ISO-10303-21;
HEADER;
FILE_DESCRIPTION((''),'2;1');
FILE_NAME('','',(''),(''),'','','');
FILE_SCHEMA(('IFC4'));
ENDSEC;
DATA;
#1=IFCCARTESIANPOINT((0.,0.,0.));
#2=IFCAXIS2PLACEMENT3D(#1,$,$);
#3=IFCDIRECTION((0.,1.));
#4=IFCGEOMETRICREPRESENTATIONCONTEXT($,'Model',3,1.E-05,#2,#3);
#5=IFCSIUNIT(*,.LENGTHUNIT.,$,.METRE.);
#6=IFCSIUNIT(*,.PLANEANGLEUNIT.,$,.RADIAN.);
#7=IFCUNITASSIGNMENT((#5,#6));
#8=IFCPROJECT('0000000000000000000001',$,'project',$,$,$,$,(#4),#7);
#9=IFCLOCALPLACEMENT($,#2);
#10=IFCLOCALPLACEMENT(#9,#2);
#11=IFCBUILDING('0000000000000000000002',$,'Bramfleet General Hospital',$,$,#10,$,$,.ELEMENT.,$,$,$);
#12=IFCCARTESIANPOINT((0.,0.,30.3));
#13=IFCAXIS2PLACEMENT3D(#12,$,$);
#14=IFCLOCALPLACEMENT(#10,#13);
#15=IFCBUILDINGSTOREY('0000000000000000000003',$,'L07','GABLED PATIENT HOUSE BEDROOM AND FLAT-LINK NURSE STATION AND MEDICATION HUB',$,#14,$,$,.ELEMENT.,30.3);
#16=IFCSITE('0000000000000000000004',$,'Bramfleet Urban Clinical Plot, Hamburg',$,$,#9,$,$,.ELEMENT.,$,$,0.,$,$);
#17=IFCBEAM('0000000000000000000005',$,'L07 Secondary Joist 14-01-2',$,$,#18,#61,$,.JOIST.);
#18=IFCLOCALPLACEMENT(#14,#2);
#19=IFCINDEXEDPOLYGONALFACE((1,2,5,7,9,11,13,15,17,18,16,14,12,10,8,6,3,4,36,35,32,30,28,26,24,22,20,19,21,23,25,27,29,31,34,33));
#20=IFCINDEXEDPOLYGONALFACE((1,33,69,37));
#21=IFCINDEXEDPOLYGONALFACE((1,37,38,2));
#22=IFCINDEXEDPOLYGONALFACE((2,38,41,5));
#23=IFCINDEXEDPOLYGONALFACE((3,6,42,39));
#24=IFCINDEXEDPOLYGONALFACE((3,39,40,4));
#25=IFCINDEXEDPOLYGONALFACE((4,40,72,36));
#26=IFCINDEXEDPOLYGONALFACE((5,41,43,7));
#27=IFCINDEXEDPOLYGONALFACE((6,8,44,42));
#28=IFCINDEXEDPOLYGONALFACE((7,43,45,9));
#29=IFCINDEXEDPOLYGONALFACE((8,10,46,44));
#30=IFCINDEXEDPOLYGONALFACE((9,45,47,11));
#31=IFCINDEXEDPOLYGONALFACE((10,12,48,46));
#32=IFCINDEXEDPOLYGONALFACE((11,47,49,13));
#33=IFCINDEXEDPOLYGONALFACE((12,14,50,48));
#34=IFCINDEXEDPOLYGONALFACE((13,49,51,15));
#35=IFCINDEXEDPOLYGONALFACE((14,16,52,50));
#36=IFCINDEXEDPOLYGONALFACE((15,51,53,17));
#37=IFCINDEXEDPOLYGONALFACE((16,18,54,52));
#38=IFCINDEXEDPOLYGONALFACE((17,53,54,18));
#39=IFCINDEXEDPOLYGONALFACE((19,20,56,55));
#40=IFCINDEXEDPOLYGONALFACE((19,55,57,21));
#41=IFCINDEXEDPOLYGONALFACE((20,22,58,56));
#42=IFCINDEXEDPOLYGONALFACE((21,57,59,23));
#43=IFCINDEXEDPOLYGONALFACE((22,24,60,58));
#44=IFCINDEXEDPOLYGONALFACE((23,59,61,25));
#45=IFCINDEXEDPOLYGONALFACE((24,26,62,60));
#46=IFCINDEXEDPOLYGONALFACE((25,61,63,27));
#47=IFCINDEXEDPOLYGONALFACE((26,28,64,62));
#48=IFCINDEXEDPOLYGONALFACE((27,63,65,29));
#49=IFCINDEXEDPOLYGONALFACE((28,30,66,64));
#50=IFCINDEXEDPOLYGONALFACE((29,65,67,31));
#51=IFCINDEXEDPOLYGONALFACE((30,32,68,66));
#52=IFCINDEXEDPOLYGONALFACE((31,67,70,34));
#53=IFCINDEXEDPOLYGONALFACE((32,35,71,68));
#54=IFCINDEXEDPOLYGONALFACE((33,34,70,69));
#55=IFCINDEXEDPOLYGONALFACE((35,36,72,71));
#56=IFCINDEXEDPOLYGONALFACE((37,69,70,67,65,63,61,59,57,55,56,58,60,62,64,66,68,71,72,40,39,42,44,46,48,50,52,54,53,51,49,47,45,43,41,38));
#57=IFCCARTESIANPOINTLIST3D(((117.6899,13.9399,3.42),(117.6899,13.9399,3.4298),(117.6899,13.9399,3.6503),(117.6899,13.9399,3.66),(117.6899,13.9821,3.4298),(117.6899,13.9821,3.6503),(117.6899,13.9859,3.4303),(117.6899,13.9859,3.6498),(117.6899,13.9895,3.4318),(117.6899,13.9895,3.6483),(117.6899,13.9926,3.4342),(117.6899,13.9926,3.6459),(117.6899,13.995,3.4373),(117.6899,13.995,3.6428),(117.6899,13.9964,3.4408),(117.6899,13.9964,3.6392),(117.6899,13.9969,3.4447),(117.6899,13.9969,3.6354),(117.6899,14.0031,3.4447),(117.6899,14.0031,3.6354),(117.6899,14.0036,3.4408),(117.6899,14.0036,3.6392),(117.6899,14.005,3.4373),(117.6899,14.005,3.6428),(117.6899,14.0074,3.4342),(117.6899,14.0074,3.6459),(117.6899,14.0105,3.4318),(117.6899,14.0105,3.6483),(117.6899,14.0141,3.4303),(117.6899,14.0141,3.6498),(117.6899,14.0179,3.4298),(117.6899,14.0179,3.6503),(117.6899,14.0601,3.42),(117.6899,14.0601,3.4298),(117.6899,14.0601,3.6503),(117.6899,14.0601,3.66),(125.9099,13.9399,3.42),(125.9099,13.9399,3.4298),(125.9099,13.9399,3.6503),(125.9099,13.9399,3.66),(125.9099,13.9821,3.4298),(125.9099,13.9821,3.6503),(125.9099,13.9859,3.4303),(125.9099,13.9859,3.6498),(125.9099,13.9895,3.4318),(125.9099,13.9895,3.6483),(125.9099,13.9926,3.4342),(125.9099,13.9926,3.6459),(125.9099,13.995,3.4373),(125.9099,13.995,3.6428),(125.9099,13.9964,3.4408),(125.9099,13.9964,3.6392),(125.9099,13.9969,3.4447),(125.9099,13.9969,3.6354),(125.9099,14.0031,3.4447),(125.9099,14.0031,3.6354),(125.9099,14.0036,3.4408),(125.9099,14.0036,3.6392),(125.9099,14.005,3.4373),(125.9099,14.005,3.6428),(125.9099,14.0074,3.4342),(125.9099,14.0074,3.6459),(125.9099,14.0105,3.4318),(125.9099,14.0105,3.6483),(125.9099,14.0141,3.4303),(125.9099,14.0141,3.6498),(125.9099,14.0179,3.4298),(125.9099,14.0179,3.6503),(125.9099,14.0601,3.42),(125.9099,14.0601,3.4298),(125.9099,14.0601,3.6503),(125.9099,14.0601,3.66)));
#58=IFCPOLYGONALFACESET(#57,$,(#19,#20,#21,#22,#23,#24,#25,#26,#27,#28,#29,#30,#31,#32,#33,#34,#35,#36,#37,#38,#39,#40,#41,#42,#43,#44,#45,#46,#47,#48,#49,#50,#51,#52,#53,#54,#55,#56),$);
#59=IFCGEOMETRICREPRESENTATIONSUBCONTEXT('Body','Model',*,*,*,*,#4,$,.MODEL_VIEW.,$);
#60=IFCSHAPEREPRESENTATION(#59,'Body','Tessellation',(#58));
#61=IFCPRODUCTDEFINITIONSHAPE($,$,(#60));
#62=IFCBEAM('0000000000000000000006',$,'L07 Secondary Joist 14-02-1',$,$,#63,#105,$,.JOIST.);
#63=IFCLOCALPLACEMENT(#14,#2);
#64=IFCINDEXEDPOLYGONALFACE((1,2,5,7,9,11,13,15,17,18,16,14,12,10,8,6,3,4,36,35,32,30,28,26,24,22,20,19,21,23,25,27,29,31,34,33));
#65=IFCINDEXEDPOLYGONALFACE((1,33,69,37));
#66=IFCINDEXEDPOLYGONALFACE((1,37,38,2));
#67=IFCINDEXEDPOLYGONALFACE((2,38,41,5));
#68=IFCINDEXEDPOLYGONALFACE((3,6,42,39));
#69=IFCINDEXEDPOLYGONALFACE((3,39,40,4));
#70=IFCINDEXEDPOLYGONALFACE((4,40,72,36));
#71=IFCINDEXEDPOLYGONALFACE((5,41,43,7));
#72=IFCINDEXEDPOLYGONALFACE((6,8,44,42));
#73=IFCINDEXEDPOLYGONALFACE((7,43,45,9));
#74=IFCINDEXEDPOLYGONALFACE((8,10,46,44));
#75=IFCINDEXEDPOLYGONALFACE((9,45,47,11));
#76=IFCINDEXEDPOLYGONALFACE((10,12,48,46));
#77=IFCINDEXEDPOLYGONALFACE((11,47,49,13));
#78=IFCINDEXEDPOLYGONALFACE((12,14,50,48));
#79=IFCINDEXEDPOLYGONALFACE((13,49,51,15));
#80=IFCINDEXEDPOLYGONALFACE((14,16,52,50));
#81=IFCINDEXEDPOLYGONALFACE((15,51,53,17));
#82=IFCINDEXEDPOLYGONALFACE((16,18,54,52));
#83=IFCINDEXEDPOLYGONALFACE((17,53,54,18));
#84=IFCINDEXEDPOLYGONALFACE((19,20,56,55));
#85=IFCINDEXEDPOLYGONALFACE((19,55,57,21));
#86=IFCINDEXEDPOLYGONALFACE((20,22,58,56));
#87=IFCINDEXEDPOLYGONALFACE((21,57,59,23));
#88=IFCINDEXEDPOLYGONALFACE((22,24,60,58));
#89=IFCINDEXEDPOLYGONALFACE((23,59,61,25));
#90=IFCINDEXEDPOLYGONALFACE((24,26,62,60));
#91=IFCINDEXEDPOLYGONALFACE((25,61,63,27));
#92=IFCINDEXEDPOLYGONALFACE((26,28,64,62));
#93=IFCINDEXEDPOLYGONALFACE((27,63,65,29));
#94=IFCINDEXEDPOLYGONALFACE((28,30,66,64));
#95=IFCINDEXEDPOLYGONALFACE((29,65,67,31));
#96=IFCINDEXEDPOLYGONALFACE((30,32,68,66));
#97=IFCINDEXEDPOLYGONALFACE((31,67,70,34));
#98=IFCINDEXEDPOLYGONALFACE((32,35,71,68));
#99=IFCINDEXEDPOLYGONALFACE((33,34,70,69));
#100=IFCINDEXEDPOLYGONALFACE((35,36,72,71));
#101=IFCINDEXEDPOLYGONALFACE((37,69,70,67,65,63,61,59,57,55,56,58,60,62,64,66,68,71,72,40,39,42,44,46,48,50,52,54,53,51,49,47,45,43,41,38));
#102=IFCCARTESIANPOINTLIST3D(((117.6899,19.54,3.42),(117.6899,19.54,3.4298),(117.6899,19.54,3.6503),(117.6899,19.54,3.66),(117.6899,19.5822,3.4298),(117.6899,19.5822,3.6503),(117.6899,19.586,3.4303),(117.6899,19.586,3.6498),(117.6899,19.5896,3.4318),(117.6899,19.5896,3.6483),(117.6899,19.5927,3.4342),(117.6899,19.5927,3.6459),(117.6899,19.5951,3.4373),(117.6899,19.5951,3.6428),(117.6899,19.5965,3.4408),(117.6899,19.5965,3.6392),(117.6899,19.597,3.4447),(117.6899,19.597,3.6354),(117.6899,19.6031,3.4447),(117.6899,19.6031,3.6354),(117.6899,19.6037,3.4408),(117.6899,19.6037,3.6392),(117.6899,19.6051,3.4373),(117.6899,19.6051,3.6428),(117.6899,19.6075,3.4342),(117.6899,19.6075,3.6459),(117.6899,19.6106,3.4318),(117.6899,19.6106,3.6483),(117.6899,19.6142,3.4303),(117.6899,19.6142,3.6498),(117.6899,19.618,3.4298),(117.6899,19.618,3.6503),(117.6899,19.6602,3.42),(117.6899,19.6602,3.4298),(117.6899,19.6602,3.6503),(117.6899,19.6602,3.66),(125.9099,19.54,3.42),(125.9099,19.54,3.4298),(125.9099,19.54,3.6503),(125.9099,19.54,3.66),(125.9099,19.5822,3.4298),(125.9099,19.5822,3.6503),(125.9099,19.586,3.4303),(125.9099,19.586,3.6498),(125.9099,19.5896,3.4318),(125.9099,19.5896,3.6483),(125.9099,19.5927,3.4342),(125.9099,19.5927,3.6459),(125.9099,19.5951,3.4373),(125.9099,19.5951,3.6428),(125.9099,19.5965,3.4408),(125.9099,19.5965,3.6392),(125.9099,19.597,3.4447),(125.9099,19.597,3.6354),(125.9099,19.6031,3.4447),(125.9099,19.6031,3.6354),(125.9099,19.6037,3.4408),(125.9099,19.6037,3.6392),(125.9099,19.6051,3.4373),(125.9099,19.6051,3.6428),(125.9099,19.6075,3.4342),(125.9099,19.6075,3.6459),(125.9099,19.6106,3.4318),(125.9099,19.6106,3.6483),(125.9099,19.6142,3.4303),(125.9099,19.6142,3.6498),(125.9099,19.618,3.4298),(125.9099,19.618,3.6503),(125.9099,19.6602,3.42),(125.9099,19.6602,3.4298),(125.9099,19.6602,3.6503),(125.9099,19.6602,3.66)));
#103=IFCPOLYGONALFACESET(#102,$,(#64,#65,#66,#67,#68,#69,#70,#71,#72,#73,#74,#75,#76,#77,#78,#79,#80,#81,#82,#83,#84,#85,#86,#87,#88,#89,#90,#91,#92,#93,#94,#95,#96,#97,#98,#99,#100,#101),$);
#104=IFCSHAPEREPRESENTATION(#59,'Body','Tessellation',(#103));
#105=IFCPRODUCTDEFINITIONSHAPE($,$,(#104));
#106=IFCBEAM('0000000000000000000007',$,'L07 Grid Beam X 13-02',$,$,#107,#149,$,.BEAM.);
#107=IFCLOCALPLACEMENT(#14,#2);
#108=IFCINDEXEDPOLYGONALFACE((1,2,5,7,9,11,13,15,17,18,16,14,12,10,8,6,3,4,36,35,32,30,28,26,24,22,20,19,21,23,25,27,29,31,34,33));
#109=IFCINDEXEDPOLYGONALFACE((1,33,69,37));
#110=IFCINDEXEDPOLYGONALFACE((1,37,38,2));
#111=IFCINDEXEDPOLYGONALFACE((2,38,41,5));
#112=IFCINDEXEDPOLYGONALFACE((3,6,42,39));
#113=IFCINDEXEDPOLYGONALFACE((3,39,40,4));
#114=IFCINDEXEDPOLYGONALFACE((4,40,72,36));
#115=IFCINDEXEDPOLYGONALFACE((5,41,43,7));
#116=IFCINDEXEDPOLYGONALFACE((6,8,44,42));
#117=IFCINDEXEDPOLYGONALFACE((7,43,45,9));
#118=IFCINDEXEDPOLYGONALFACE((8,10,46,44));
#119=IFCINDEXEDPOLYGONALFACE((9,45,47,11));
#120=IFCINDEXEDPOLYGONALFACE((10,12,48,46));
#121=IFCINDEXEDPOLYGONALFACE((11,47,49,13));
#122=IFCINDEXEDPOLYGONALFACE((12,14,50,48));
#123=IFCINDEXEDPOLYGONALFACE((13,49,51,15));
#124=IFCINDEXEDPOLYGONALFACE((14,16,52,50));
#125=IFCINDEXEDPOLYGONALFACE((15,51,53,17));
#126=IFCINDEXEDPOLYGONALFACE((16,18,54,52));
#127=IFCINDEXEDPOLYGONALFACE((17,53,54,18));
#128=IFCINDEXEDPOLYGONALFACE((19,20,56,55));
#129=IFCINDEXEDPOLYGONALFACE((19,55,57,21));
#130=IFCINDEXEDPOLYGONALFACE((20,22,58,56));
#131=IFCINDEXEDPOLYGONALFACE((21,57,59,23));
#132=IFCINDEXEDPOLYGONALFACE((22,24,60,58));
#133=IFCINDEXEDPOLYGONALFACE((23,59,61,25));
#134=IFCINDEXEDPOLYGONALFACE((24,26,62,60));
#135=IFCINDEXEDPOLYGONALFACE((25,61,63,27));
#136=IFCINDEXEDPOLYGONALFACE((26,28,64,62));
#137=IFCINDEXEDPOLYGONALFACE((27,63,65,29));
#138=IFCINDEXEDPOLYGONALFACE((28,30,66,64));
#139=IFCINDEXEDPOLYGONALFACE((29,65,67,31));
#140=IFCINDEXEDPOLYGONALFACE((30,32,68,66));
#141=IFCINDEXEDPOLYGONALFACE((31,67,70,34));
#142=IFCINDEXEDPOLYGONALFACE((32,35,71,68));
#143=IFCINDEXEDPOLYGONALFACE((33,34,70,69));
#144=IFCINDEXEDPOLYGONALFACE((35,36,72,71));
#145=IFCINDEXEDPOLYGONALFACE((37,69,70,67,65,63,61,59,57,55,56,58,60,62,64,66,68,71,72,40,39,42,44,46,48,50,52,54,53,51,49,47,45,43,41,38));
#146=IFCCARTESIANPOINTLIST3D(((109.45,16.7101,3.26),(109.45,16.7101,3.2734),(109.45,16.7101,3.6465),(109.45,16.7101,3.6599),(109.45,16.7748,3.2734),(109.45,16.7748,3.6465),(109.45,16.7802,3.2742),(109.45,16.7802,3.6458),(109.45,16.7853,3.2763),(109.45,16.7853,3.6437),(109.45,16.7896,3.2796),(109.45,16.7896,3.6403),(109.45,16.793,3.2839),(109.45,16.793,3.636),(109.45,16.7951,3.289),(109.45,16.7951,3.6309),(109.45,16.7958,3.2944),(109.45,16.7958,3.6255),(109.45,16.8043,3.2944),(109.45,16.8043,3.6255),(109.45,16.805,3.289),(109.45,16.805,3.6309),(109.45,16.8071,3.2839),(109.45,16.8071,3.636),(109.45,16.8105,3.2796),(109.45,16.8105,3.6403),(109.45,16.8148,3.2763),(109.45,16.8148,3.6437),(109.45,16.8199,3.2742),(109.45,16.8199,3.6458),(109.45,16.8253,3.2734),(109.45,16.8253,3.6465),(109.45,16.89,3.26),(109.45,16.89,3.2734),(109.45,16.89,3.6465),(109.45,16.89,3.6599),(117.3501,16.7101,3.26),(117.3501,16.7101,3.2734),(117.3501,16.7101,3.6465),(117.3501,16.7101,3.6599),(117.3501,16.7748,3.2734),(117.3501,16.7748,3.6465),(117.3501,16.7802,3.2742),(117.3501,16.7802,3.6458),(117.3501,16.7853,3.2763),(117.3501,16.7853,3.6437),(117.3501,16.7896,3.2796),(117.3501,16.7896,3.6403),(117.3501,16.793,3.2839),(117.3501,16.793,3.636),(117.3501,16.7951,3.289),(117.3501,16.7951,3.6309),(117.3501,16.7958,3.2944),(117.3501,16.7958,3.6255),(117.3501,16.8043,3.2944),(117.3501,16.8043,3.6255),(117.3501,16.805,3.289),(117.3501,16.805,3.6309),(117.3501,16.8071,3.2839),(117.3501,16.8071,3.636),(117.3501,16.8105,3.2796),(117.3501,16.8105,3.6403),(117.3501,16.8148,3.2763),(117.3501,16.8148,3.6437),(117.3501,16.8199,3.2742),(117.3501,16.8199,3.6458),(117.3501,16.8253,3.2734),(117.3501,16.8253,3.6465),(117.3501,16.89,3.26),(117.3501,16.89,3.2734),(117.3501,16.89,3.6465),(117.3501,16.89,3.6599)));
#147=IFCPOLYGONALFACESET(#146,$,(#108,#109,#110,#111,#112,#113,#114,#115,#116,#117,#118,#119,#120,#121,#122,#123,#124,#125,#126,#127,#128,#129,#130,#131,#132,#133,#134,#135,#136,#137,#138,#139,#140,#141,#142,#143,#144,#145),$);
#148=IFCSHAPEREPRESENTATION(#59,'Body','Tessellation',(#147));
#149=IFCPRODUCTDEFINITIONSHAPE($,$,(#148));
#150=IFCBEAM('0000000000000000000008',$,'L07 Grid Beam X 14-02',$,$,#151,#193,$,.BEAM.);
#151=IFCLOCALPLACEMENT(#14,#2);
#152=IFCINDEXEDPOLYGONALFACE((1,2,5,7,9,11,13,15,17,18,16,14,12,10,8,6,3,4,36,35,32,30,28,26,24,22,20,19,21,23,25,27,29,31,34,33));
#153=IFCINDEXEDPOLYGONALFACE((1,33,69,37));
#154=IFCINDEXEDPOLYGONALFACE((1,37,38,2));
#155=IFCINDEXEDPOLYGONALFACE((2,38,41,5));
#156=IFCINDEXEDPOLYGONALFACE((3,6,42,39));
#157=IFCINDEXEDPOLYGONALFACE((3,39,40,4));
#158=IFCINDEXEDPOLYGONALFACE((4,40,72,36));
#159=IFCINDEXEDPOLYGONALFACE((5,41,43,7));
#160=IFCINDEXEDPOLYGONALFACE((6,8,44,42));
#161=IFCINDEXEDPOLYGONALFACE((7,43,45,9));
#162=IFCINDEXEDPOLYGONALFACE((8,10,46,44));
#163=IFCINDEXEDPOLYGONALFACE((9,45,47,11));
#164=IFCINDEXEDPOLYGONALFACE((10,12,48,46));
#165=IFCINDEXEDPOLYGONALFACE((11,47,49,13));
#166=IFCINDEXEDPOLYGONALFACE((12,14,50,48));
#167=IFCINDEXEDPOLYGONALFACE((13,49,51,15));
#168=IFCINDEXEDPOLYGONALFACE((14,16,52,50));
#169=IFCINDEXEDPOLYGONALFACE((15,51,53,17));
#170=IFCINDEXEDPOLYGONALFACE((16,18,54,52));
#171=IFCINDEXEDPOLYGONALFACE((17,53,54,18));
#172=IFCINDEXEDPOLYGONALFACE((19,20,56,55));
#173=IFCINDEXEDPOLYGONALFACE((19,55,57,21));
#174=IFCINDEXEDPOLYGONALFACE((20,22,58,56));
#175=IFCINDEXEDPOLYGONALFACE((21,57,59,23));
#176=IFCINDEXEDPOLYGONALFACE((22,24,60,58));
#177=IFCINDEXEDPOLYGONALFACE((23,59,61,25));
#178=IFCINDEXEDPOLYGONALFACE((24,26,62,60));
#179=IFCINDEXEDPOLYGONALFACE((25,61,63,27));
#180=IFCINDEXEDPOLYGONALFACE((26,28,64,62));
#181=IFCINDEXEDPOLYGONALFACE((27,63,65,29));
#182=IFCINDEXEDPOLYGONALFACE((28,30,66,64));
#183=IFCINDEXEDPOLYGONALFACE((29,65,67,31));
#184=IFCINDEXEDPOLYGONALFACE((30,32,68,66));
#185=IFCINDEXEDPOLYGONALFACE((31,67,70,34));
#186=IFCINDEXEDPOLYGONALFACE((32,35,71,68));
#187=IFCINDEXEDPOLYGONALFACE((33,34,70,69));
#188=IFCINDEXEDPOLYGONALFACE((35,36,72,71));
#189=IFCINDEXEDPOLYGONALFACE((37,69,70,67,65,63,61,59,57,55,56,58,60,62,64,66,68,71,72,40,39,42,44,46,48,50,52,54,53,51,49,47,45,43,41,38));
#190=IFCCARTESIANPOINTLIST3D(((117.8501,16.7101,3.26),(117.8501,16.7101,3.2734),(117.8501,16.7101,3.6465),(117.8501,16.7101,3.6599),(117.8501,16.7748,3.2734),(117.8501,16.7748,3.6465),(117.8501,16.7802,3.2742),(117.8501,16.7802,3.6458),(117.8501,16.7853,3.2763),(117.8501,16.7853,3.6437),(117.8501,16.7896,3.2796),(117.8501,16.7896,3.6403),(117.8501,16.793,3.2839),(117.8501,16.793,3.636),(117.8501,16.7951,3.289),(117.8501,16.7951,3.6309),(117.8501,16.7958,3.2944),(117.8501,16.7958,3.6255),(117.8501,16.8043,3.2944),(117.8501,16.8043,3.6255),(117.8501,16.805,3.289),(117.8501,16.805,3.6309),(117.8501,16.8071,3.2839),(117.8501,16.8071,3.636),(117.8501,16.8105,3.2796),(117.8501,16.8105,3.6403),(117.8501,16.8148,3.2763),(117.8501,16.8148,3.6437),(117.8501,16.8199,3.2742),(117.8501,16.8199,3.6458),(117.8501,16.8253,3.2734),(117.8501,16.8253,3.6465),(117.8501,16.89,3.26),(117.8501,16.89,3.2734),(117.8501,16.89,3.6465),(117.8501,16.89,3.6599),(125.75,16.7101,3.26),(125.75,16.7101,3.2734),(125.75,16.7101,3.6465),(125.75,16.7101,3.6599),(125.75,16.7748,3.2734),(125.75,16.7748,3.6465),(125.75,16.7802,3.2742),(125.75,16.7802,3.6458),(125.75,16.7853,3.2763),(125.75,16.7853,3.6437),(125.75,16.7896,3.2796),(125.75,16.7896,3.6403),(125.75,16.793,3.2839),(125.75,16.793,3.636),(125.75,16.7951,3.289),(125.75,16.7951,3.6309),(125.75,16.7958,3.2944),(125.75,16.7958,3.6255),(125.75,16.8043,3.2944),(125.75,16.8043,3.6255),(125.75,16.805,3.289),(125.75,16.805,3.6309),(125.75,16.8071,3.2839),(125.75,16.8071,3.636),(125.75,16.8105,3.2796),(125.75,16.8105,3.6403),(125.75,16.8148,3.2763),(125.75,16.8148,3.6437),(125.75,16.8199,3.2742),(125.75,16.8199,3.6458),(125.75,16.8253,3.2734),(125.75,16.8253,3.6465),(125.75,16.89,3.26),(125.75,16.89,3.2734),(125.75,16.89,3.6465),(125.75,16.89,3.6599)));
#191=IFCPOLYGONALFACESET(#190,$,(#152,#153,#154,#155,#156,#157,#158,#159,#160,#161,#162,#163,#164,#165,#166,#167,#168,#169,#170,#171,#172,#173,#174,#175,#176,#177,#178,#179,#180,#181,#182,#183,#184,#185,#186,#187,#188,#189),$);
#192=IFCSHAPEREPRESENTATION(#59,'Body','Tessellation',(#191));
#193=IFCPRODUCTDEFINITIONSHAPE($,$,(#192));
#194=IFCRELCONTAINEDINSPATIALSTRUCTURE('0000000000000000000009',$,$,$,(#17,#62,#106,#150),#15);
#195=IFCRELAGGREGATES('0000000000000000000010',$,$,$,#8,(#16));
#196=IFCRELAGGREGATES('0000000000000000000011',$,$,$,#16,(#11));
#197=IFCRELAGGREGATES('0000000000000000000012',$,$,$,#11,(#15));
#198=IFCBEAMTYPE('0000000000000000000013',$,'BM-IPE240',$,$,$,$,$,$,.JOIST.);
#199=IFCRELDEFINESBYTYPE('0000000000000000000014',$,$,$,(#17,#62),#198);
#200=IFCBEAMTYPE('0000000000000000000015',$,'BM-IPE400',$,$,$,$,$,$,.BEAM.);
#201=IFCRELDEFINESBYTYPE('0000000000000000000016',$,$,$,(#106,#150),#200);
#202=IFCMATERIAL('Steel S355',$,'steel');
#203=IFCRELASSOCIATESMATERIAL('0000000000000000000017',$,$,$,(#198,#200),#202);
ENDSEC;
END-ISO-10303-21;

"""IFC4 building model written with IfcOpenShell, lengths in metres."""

from ifc_helpers import new_model, si_unit, direction, frame, origin, origin_2d, place, context, subcontext, project, spatial, i_section, extrude, material, material_profile, profile_set, type_object, element, save


model = new_model("IFC4")

# Units and contexts
model_context = context("Model", 3, precision=1e-05, world=origin(), true_north=direction((0.0, 1.0)))
body_context = subcontext(model_context, "Body", "Model", "MODEL_VIEW")
ifc_project = project(units=[si_unit("LENGTHUNIT", "METRE"), si_unit("PLANEANGLEUNIT", "RADIAN")], contexts=[model_context])

# Site, building, storey
site_placement = place(None, origin())
site = spatial("IfcSite", under=ifc_project, at=site_placement, Name="Bramfleet Urban Clinical Plot, Hamburg", CompositionType="ELEMENT", RefElevation=0.0)
building_placement = place(site_placement, origin())
building = spatial("IfcBuilding", under=site, at=building_placement, Name="Bramfleet General Hospital", CompositionType="ELEMENT")
storey_placement = place(building_placement, frame((0.0, 0.0, 30.3)))
storey = spatial("IfcBuildingStorey", under=building, at=storey_placement, Name="L07", Description="GABLED PATIENT HOUSE BEDROOM AND FLAT-LINK NURSE STATION AND MEDICATION HUB", CompositionType="ELEMENT", Elevation=30.3)

# Beams
ifc_material_1 = material(Name="Steel S355", Category="steel")
ifc_material_profile_1 = material_profile(ifc_material_1, i_section(OverallWidth=0.1201, OverallDepth=0.24, WebThickness=0.0061, FlangeThickness=0.0098, FilletRadius=0.0149, at=origin_2d()), Name="IPE 240")
ifc_profile_set_1 = profile_set([ifc_material_profile_1], Name="Steel S355")
beam_type_1 = type_object("IfcBeamType", Name="BM-IPE240", PredefinedType="JOIST", material=ifc_profile_set_1)
for number, where, z_axis, x_axis, name in (
    (1, (117.6899, 14.0, 3.54), (1.0, 0.0, 0.0), (0.0, 1.0, 0.0), "L07 Secondary Joist 14-01-2"),
    (2, (117.6899, 19.6001, 3.54), (1.0, 0.0, 0.0), (0.0, 1.0, 0.0), "L07 Secondary Joist 14-02-1"),
):
    element("IfcBeam", number, at=place(storey_placement, frame(where, z_axis=z_axis, x_axis=x_axis)), inside=storey, type_object=beam_type_1, Name=name, PredefinedType="JOIST", context=body_context, shape_type="SweptSolid", body=[
        extrude(i_section(OverallWidth=0.1201, OverallDepth=0.24, WebThickness=0.0061, FlangeThickness=0.0098, FilletRadius=0.0149, at=origin_2d()), origin(), (0.0, 0.0, 1.0), 8.22),
    ])
ifc_material_profile_2 = material_profile(ifc_material_1, i_section(OverallWidth=0.1799, OverallDepth=0.3999, WebThickness=0.0085, FlangeThickness=0.0134, FilletRadius=0.021, at=origin_2d()), Name="IPE 400")
ifc_profile_set_2 = profile_set([ifc_material_profile_2], Name="Steel S355")
beam_type_2 = type_object("IfcBeamType", Name="BM-IPE400", PredefinedType="BEAM", material=ifc_profile_set_2)
beam_placement = place(storey_placement, frame((109.45, 16.8, 3.46), z_axis=(1.0, 0.0, 0.0), x_axis=(0.0, 1.0, 0.0)))
element("IfcBeam", 3, at=beam_placement, inside=storey, type_object=beam_type_2, Name="L07 Grid Beam X 13-02", PredefinedType="BEAM", context=body_context, shape_type="SweptSolid", body=[
    extrude(i_section(OverallWidth=0.1799, OverallDepth=0.3999, WebThickness=0.0085, FlangeThickness=0.0134, FilletRadius=0.021, at=origin_2d()), origin(), (0.0, 0.0, 1.0), 7.9001),
])
for number, where, z_axis, x_axis, name in (
    (4, (117.8501, 16.8, 3.46), (1.0, 0.0, 0.0), (0.0, 1.0, 0.0), "L07 Grid Beam X 14-02"),
):
    element("IfcBeam", number, at=place(storey_placement, frame(where, z_axis=z_axis, x_axis=x_axis)), inside=storey, type_object=beam_type_2, Name=name, PredefinedType="BEAM", context=body_context, shape_type="SweptSolid", body=[
        extrude(i_section(OverallWidth=0.1799, OverallDepth=0.3999, WebThickness=0.0085, FlangeThickness=0.0134, FilletRadius=0.021, at=origin_2d()), origin(), (0.0, 0.0, 1.0), 7.8999),
    ])

save(model, "model.ifc")
